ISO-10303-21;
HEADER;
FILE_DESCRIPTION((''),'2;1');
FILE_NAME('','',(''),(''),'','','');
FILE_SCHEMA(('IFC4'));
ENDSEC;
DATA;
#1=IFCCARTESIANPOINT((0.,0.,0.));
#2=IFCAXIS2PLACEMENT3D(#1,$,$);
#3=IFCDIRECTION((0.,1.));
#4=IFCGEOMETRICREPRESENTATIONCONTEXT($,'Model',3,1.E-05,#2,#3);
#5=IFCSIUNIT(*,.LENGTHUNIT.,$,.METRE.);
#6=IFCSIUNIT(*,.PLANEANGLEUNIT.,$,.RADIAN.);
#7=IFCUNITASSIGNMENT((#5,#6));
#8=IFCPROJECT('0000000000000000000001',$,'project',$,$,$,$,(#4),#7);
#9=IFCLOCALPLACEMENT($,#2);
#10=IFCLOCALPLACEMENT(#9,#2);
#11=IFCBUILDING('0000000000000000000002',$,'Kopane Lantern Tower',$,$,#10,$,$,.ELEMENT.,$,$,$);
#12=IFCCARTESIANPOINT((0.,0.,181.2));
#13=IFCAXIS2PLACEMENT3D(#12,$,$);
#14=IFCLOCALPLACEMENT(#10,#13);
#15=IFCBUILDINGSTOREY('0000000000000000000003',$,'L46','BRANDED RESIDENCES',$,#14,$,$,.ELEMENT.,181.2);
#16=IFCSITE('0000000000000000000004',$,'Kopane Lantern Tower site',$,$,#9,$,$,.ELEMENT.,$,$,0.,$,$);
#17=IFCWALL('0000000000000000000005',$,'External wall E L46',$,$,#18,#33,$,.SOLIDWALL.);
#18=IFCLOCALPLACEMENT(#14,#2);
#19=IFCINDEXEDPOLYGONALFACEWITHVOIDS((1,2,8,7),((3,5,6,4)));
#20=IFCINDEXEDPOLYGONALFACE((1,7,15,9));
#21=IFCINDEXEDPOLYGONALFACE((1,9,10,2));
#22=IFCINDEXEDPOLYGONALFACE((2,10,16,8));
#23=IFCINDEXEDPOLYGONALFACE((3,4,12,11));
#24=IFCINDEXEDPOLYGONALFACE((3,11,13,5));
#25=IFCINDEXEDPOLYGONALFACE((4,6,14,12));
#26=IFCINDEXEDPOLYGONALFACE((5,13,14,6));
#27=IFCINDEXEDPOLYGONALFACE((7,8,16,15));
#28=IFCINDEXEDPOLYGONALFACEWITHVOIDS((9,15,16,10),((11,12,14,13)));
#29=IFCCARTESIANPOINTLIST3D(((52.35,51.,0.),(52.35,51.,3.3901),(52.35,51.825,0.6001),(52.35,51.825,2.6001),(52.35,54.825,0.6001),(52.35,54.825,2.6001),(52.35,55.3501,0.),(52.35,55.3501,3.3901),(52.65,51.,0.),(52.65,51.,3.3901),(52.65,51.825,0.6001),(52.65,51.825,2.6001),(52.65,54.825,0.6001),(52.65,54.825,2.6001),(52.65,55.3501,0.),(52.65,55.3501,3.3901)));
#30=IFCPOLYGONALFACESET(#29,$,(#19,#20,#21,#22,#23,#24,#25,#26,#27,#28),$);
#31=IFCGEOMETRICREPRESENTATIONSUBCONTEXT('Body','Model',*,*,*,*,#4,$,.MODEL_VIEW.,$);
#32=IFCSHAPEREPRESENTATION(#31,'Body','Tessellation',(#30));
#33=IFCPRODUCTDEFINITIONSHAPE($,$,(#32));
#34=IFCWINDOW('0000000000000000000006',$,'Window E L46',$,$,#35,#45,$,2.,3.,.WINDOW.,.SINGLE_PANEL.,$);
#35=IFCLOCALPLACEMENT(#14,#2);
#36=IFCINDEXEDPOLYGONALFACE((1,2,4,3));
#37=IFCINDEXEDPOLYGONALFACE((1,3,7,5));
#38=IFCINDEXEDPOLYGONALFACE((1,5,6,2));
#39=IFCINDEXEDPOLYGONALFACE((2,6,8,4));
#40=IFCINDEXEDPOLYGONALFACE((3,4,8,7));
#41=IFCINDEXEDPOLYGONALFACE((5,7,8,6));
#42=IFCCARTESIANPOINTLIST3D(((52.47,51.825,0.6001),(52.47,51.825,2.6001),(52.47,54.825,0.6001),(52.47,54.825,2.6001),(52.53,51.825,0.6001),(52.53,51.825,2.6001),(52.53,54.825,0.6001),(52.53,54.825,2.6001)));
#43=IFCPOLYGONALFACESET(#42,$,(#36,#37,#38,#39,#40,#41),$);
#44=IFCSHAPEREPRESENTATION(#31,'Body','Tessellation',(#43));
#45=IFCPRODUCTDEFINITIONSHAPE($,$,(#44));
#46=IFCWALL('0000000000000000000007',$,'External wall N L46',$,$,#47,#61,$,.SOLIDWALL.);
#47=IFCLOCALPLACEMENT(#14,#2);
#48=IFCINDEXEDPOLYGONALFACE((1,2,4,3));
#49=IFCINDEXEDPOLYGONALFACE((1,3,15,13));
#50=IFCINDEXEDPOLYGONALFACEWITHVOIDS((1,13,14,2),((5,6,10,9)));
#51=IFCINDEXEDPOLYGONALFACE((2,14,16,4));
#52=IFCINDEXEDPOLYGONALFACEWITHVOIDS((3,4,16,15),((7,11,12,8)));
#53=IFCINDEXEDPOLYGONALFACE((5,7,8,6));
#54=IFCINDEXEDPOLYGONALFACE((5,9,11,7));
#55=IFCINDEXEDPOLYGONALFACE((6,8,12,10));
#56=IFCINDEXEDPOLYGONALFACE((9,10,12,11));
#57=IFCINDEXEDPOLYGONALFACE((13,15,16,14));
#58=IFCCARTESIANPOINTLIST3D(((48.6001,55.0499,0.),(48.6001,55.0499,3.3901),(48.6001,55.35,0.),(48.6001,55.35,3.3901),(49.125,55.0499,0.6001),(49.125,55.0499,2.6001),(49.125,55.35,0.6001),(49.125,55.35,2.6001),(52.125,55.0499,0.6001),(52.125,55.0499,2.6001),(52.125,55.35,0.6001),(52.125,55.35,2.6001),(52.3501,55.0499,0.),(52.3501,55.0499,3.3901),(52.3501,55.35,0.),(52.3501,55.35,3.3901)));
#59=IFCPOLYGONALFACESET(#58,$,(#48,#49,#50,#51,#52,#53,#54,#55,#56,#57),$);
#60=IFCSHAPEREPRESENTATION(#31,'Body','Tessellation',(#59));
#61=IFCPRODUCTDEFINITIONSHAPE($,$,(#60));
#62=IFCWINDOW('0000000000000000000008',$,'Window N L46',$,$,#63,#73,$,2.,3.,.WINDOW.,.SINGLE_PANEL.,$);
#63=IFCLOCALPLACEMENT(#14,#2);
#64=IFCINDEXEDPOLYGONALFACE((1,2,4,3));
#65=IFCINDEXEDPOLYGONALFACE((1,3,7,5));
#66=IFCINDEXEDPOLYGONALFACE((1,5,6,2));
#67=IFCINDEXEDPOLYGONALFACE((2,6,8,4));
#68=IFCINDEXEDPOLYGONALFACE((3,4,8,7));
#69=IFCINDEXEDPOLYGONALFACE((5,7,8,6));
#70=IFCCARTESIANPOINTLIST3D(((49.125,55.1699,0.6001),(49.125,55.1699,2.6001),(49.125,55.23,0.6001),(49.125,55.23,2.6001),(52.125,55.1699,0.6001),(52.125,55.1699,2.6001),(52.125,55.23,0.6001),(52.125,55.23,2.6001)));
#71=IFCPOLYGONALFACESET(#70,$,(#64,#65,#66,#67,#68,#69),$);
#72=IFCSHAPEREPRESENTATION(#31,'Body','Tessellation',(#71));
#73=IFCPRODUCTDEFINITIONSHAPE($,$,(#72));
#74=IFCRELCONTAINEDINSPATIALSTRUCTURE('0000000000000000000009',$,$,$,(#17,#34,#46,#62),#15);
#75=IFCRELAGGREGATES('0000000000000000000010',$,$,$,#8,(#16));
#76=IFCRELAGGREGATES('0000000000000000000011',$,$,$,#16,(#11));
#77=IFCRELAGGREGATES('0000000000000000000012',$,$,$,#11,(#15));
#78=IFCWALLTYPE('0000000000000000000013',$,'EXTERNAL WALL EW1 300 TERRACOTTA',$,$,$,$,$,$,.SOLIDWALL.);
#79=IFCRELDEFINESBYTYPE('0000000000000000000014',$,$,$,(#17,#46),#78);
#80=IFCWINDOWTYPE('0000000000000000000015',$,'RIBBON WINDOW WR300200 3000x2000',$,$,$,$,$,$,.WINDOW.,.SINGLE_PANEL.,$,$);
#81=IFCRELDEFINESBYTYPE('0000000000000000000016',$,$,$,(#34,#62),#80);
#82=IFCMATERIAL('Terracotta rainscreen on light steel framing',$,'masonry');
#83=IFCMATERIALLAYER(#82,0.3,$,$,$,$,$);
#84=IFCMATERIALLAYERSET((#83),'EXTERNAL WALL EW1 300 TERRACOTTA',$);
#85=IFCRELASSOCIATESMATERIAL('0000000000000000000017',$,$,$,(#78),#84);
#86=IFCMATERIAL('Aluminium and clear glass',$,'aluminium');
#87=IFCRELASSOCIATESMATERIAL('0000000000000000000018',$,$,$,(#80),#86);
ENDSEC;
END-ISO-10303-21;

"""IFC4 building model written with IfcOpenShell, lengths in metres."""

from ifc_helpers import new_model, si_unit, direction, frame, frame_2d, origin, place, context, subcontext, project, spatial, rectangle, extrude, material, layer, layer_set, type_object, element, fill, save


model = new_model("IFC4")

# Units and contexts
model_context = context("Model", 3, precision=1e-05, world=origin(), true_north=direction((0.0, 1.0)))
body_context = subcontext(model_context, "Body", "Model", "MODEL_VIEW")
ifc_project = project(units=[si_unit("LENGTHUNIT", "METRE"), si_unit("PLANEANGLEUNIT", "RADIAN")], contexts=[model_context])

# Site, building, storey
site_placement = place(None, origin())
site = spatial("IfcSite", under=ifc_project, at=site_placement, Name="Kopane Lantern Tower site", CompositionType="ELEMENT", RefElevation=0.0)
building_placement = place(site_placement, origin())
building = spatial("IfcBuilding", under=site, at=building_placement, Name="Kopane Lantern Tower", CompositionType="ELEMENT")
storey_placement = place(building_placement, frame((0.0, 0.0, 181.2)))
storey = spatial("IfcBuildingStorey", under=building, at=storey_placement, Name="L46", Description="BRANDED RESIDENCES", CompositionType="ELEMENT", Elevation=181.2)

# Walls, openings, windows
ifc_material_1 = material(Name="Terracotta rainscreen on light steel framing", Category="masonry")
ifc_layer = layer(ifc_material_1, 0.3)
ifc_layer_set = layer_set([ifc_layer], Name="EXTERNAL WALL EW1 300 TERRACOTTA")
wall_type = type_object("IfcWallType", Name="EXTERNAL WALL EW1 300 TERRACOTTA", PredefinedType="SOLIDWALL", material=ifc_layer_set)
ifc_material_2 = material(Name="Aluminium and clear glass", Category="aluminium")
window_type = type_object("IfcWindowType", Name="RIBBON WINDOW WR300200 3000x2000", PartitioningType="SINGLE_PANEL", PredefinedType="WINDOW", material=ifc_material_2)
wall_1_placement = place(storey_placement, frame((52.5, 51.0, 0.0), z_axis=(0.0, 0.0, 1.0), x_axis=(0.0, 1.0, 0.0)))
wall_1 = element("IfcWall", 1, at=wall_1_placement, inside=storey, type_object=wall_type, Name="External wall E L46", PredefinedType="SOLIDWALL", context=body_context, shape_type="SweptSolid", body=[
    extrude(rectangle(XDim=4.3501, YDim=0.3, at=frame_2d((2.175, 0.0))), origin(), (0.0, 0.0, 1.0), 3.3901),
])
opening_1_placement = place(wall_1_placement, frame((0.825, 0.0, 0.6001)))
opening_1 = element("IfcOpeningElement", 2, at=opening_1_placement, cuts=wall_1, PredefinedType="OPENING", context=body_context, shape_type="SweptSolid", body=[
    extrude(rectangle(XDim=3.0, YDim=2.0, at=frame_2d((1.5, 1.0))), frame((0.0, 0.1599, 0.0), z_axis=(0.0, -1.0, 0.0), x_axis=(1.0, 0.0, 0.0)), (0.0, 0.0, 1.0), 0.3201),
])
window_1_placement = place(opening_1_placement, origin())
window_1 = element("IfcWindow", 3, at=window_1_placement, inside=storey, type_object=window_type, Name="Window E L46", OverallHeight=2.0, OverallWidth=3.0, PartitioningType="SINGLE_PANEL", PredefinedType="WINDOW", context=body_context, shape_type="SweptSolid", body=[
    extrude(rectangle(XDim=3.0, YDim=2.0, at=frame_2d((1.5, 1.0))), frame((0.0, 0.03, 0.0), z_axis=(0.0, -1.0, 0.0), x_axis=(1.0, 0.0, 0.0)), (0.0, 0.0, 1.0), 0.0601),
])
fill(opening_1, window_1)
wall_2_placement = place(storey_placement, frame((52.3501, 55.2, 0.0), z_axis=(0.0, 0.0, 1.0), x_axis=(-1.0, 0.0, 0.0)))
wall_2 = element("IfcWall", 4, at=wall_2_placement, inside=storey, type_object=wall_type, Name="External wall N L46", PredefinedType="SOLIDWALL", context=body_context, shape_type="SweptSolid", body=[
    extrude(rectangle(XDim=3.75, YDim=0.3, at=frame_2d((1.875, 0.0))), origin(), (0.0, 0.0, 1.0), 3.3901),
])
opening_2_placement = place(wall_2_placement, frame((0.2251, 0.0, 0.6001)))
opening_2 = element("IfcOpeningElement", 5, at=opening_2_placement, cuts=wall_2, PredefinedType="OPENING", context=body_context, shape_type="SweptSolid", body=[
    extrude(rectangle(XDim=3.0, YDim=2.0, at=frame_2d((1.5, 1.0))), frame((0.0, 0.1599, 0.0), z_axis=(0.0, -1.0, 0.0), x_axis=(1.0, 0.0, 0.0)), (0.0, 0.0, 1.0), 0.3201),
])
window_2_placement = place(opening_2_placement, origin())
window_2 = element("IfcWindow", 6, at=window_2_placement, inside=storey, type_object=window_type, Name="Window N L46", OverallHeight=2.0, OverallWidth=3.0, PartitioningType="SINGLE_PANEL", PredefinedType="WINDOW", context=body_context, shape_type="SweptSolid", body=[
    extrude(rectangle(XDim=3.0, YDim=2.0, at=frame_2d((1.5, 1.0))), frame((0.0, 0.03, 0.0), z_axis=(0.0, -1.0, 0.0), x_axis=(1.0, 0.0, 0.0)), (0.0, 0.0, 1.0), 0.0601),
])
fill(opening_2, window_2)

save(model, "model.ifc")
